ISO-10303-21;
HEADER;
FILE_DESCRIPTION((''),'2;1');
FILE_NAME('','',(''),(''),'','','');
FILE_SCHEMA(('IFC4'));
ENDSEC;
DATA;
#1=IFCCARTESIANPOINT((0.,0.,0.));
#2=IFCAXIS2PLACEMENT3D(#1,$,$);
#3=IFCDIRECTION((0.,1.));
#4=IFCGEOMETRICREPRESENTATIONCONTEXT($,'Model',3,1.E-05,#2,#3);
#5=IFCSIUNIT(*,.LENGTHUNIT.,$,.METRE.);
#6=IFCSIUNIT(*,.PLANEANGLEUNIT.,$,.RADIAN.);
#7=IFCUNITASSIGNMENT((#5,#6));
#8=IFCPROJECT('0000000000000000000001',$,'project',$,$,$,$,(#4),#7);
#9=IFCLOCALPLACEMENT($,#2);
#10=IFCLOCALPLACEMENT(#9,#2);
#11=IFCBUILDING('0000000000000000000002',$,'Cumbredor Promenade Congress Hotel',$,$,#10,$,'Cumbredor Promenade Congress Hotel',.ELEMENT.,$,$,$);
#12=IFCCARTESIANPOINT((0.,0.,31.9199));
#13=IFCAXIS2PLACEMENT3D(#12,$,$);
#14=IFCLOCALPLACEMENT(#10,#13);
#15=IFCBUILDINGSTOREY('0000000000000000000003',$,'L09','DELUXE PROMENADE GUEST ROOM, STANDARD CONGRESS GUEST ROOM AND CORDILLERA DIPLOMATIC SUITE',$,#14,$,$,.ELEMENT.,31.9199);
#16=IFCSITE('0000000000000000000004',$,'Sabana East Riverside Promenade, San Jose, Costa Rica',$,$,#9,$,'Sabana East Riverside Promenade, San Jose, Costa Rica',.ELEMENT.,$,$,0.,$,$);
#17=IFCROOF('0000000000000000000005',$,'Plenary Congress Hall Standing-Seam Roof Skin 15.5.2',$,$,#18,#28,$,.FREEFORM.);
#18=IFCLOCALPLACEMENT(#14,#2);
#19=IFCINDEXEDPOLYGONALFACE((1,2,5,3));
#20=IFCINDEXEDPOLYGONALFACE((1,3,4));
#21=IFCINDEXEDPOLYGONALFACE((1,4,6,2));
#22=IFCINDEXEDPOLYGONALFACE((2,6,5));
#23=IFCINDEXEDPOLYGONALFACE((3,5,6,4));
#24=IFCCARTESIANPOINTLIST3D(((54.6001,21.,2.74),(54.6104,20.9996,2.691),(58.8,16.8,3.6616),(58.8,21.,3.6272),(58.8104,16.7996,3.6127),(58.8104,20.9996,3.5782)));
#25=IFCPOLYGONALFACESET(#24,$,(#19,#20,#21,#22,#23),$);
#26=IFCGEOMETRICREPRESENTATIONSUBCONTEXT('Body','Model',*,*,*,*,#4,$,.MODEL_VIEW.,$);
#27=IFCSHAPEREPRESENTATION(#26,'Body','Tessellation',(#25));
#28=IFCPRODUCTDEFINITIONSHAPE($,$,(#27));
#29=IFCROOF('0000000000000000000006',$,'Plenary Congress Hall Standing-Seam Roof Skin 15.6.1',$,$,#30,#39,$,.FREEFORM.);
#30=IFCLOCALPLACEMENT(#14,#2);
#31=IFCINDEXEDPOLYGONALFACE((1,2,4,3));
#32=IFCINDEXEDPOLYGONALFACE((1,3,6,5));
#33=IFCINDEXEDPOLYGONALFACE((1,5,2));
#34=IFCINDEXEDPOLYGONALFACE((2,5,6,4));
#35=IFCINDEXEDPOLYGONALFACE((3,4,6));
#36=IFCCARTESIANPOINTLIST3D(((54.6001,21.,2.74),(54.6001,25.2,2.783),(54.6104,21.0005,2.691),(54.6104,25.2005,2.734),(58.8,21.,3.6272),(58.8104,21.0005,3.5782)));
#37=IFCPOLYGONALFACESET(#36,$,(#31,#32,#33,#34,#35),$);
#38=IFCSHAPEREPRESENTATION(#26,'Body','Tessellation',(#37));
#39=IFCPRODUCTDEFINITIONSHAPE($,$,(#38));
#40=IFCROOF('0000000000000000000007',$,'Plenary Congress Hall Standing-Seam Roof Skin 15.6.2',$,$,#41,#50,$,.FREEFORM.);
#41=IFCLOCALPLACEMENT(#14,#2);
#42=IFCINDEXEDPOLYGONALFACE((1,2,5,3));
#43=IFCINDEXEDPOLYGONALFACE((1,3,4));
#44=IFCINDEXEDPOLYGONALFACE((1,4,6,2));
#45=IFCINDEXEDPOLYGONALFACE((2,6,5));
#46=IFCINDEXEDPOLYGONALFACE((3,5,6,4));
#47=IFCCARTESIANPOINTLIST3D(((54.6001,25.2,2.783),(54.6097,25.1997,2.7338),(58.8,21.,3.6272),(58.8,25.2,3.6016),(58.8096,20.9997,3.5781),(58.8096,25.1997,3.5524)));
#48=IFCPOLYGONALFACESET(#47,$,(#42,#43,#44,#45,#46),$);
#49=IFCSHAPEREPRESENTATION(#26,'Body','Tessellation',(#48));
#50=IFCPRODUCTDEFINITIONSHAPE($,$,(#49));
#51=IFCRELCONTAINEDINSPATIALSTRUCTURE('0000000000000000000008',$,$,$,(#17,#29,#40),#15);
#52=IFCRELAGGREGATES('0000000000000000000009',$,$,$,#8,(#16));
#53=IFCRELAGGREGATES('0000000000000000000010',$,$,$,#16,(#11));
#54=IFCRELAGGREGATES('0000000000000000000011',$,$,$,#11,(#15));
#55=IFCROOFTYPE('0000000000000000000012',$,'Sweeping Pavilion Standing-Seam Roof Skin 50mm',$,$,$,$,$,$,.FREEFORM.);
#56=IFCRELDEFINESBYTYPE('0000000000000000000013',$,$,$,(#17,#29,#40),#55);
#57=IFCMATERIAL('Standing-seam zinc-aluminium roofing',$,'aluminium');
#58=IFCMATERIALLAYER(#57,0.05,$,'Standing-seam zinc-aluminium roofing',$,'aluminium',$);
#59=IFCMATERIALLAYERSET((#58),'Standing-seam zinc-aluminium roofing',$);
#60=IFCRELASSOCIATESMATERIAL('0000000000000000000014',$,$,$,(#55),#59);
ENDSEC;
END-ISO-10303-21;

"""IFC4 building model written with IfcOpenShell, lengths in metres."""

from ifc_helpers import new_model, si_unit, direction, frame, origin, place, context, subcontext, project, spatial, polyline, outline, extrude, material, layer, layer_set, type_object, element, save


model = new_model("IFC4")

# Units and contexts
model_context = context("Model", 3, precision=1e-05, world=origin(), true_north=direction((0.0, 1.0)))
body_context = subcontext(model_context, "Body", "Model", "MODEL_VIEW")
ifc_project = project(units=[si_unit("LENGTHUNIT", "METRE"), si_unit("PLANEANGLEUNIT", "RADIAN")], contexts=[model_context])

# Site, building, storey
site_placement = place(None, origin())
site = spatial("IfcSite", under=ifc_project, at=site_placement, Name="Sabana East Riverside Promenade, San Jose, Costa Rica", LongName="Sabana East Riverside Promenade, San Jose, Costa Rica", CompositionType="ELEMENT", RefElevation=0.0)
building_placement = place(site_placement, origin())
building = spatial("IfcBuilding", under=site, at=building_placement, Name="Cumbredor Promenade Congress Hotel", LongName="Cumbredor Promenade Congress Hotel", CompositionType="ELEMENT")
storey_placement = place(building_placement, frame((0.0, 0.0, 31.9199)))
storey = spatial("IfcBuildingStorey", under=building, at=storey_placement, Name="L09", Description="DELUXE PROMENADE GUEST ROOM, STANDARD CONGRESS GUEST ROOM AND CORDILLERA DIPLOMATIC SUITE", CompositionType="ELEMENT", Elevation=31.9199)

# Roofs
ifc_material_1 = material(Name="Standing-seam zinc-aluminium roofing", Category="aluminium")
ifc_layer_1 = layer(ifc_material_1, 0.05, Name="Standing-seam zinc-aluminium roofing", Category="aluminium")
ifc_layer_set_1 = layer_set([ifc_layer_1], Name="Standing-seam zinc-aluminium roofing")
roof_type = type_object("IfcRoofType", Name="Sweeping Pavilion Standing-Seam Roof Skin 50mm", PredefinedType="FREEFORM", material=ifc_layer_set_1)
roof_1_placement = place(storey_placement, frame((58.8, 16.8, 3.6616), z_axis=(-0.206675, 0.008019, 0.978377), x_axis=(0.0, 0.999966, -0.008196)))
element("IfcRoof", 1, at=roof_1_placement, inside=storey, type_object=roof_type, Name="Plenary Congress Hall Standing-Seam Roof Skin 15.5.2", PredefinedType="FREEFORM", context=body_context, shape_type="SweptSolid", body=[
    extrude(outline(polyline([(0.0, 0.0), (4.2001, 0.0), (4.2074, 4.2926), (0.0, 0.0)])), origin(), (0.0, 0.0, -1.0), 0.05),
])
roof_2_placement = place(storey_placement, frame((54.6001, 21.0, 2.74), z_axis=(-0.206671, -0.010009, 0.978359), x_axis=(0.978408, 0.0, 0.206681)))
element("IfcRoof", 2, at=roof_2_placement, inside=storey, type_object=roof_type, Name="Plenary Congress Hall Standing-Seam Roof Skin 15.6.1", PredefinedType="FREEFORM", context=body_context, shape_type="SweptSolid", body=[
    extrude(outline(polyline([(0.0, 0.0), (4.2926, 0.0), (0.0089, 4.2002), (0.0, 0.0)])), origin(), (0.0, 0.0, -1.0), 0.05),
])
roof_3_placement = place(storey_placement, frame((58.8, 21.0, 3.6272), z_axis=(-0.191304, 0.005991, 0.981512), x_axis=(0.0, 0.999981, -0.006103)))
element("IfcRoof", 3, at=roof_3_placement, inside=storey, type_object=roof_type, Name="Plenary Congress Hall Standing-Seam Roof Skin 15.6.2", PredefinedType="FREEFORM", context=body_context, shape_type="SweptSolid", body=[
    extrude(outline(polyline([(0.0, 0.0), (4.2, 0.0), (4.205, 4.279), (0.0, 0.0)])), origin(), (0.0, 0.0, -1.0), 0.05),
])

save(model, "model.ifc")
